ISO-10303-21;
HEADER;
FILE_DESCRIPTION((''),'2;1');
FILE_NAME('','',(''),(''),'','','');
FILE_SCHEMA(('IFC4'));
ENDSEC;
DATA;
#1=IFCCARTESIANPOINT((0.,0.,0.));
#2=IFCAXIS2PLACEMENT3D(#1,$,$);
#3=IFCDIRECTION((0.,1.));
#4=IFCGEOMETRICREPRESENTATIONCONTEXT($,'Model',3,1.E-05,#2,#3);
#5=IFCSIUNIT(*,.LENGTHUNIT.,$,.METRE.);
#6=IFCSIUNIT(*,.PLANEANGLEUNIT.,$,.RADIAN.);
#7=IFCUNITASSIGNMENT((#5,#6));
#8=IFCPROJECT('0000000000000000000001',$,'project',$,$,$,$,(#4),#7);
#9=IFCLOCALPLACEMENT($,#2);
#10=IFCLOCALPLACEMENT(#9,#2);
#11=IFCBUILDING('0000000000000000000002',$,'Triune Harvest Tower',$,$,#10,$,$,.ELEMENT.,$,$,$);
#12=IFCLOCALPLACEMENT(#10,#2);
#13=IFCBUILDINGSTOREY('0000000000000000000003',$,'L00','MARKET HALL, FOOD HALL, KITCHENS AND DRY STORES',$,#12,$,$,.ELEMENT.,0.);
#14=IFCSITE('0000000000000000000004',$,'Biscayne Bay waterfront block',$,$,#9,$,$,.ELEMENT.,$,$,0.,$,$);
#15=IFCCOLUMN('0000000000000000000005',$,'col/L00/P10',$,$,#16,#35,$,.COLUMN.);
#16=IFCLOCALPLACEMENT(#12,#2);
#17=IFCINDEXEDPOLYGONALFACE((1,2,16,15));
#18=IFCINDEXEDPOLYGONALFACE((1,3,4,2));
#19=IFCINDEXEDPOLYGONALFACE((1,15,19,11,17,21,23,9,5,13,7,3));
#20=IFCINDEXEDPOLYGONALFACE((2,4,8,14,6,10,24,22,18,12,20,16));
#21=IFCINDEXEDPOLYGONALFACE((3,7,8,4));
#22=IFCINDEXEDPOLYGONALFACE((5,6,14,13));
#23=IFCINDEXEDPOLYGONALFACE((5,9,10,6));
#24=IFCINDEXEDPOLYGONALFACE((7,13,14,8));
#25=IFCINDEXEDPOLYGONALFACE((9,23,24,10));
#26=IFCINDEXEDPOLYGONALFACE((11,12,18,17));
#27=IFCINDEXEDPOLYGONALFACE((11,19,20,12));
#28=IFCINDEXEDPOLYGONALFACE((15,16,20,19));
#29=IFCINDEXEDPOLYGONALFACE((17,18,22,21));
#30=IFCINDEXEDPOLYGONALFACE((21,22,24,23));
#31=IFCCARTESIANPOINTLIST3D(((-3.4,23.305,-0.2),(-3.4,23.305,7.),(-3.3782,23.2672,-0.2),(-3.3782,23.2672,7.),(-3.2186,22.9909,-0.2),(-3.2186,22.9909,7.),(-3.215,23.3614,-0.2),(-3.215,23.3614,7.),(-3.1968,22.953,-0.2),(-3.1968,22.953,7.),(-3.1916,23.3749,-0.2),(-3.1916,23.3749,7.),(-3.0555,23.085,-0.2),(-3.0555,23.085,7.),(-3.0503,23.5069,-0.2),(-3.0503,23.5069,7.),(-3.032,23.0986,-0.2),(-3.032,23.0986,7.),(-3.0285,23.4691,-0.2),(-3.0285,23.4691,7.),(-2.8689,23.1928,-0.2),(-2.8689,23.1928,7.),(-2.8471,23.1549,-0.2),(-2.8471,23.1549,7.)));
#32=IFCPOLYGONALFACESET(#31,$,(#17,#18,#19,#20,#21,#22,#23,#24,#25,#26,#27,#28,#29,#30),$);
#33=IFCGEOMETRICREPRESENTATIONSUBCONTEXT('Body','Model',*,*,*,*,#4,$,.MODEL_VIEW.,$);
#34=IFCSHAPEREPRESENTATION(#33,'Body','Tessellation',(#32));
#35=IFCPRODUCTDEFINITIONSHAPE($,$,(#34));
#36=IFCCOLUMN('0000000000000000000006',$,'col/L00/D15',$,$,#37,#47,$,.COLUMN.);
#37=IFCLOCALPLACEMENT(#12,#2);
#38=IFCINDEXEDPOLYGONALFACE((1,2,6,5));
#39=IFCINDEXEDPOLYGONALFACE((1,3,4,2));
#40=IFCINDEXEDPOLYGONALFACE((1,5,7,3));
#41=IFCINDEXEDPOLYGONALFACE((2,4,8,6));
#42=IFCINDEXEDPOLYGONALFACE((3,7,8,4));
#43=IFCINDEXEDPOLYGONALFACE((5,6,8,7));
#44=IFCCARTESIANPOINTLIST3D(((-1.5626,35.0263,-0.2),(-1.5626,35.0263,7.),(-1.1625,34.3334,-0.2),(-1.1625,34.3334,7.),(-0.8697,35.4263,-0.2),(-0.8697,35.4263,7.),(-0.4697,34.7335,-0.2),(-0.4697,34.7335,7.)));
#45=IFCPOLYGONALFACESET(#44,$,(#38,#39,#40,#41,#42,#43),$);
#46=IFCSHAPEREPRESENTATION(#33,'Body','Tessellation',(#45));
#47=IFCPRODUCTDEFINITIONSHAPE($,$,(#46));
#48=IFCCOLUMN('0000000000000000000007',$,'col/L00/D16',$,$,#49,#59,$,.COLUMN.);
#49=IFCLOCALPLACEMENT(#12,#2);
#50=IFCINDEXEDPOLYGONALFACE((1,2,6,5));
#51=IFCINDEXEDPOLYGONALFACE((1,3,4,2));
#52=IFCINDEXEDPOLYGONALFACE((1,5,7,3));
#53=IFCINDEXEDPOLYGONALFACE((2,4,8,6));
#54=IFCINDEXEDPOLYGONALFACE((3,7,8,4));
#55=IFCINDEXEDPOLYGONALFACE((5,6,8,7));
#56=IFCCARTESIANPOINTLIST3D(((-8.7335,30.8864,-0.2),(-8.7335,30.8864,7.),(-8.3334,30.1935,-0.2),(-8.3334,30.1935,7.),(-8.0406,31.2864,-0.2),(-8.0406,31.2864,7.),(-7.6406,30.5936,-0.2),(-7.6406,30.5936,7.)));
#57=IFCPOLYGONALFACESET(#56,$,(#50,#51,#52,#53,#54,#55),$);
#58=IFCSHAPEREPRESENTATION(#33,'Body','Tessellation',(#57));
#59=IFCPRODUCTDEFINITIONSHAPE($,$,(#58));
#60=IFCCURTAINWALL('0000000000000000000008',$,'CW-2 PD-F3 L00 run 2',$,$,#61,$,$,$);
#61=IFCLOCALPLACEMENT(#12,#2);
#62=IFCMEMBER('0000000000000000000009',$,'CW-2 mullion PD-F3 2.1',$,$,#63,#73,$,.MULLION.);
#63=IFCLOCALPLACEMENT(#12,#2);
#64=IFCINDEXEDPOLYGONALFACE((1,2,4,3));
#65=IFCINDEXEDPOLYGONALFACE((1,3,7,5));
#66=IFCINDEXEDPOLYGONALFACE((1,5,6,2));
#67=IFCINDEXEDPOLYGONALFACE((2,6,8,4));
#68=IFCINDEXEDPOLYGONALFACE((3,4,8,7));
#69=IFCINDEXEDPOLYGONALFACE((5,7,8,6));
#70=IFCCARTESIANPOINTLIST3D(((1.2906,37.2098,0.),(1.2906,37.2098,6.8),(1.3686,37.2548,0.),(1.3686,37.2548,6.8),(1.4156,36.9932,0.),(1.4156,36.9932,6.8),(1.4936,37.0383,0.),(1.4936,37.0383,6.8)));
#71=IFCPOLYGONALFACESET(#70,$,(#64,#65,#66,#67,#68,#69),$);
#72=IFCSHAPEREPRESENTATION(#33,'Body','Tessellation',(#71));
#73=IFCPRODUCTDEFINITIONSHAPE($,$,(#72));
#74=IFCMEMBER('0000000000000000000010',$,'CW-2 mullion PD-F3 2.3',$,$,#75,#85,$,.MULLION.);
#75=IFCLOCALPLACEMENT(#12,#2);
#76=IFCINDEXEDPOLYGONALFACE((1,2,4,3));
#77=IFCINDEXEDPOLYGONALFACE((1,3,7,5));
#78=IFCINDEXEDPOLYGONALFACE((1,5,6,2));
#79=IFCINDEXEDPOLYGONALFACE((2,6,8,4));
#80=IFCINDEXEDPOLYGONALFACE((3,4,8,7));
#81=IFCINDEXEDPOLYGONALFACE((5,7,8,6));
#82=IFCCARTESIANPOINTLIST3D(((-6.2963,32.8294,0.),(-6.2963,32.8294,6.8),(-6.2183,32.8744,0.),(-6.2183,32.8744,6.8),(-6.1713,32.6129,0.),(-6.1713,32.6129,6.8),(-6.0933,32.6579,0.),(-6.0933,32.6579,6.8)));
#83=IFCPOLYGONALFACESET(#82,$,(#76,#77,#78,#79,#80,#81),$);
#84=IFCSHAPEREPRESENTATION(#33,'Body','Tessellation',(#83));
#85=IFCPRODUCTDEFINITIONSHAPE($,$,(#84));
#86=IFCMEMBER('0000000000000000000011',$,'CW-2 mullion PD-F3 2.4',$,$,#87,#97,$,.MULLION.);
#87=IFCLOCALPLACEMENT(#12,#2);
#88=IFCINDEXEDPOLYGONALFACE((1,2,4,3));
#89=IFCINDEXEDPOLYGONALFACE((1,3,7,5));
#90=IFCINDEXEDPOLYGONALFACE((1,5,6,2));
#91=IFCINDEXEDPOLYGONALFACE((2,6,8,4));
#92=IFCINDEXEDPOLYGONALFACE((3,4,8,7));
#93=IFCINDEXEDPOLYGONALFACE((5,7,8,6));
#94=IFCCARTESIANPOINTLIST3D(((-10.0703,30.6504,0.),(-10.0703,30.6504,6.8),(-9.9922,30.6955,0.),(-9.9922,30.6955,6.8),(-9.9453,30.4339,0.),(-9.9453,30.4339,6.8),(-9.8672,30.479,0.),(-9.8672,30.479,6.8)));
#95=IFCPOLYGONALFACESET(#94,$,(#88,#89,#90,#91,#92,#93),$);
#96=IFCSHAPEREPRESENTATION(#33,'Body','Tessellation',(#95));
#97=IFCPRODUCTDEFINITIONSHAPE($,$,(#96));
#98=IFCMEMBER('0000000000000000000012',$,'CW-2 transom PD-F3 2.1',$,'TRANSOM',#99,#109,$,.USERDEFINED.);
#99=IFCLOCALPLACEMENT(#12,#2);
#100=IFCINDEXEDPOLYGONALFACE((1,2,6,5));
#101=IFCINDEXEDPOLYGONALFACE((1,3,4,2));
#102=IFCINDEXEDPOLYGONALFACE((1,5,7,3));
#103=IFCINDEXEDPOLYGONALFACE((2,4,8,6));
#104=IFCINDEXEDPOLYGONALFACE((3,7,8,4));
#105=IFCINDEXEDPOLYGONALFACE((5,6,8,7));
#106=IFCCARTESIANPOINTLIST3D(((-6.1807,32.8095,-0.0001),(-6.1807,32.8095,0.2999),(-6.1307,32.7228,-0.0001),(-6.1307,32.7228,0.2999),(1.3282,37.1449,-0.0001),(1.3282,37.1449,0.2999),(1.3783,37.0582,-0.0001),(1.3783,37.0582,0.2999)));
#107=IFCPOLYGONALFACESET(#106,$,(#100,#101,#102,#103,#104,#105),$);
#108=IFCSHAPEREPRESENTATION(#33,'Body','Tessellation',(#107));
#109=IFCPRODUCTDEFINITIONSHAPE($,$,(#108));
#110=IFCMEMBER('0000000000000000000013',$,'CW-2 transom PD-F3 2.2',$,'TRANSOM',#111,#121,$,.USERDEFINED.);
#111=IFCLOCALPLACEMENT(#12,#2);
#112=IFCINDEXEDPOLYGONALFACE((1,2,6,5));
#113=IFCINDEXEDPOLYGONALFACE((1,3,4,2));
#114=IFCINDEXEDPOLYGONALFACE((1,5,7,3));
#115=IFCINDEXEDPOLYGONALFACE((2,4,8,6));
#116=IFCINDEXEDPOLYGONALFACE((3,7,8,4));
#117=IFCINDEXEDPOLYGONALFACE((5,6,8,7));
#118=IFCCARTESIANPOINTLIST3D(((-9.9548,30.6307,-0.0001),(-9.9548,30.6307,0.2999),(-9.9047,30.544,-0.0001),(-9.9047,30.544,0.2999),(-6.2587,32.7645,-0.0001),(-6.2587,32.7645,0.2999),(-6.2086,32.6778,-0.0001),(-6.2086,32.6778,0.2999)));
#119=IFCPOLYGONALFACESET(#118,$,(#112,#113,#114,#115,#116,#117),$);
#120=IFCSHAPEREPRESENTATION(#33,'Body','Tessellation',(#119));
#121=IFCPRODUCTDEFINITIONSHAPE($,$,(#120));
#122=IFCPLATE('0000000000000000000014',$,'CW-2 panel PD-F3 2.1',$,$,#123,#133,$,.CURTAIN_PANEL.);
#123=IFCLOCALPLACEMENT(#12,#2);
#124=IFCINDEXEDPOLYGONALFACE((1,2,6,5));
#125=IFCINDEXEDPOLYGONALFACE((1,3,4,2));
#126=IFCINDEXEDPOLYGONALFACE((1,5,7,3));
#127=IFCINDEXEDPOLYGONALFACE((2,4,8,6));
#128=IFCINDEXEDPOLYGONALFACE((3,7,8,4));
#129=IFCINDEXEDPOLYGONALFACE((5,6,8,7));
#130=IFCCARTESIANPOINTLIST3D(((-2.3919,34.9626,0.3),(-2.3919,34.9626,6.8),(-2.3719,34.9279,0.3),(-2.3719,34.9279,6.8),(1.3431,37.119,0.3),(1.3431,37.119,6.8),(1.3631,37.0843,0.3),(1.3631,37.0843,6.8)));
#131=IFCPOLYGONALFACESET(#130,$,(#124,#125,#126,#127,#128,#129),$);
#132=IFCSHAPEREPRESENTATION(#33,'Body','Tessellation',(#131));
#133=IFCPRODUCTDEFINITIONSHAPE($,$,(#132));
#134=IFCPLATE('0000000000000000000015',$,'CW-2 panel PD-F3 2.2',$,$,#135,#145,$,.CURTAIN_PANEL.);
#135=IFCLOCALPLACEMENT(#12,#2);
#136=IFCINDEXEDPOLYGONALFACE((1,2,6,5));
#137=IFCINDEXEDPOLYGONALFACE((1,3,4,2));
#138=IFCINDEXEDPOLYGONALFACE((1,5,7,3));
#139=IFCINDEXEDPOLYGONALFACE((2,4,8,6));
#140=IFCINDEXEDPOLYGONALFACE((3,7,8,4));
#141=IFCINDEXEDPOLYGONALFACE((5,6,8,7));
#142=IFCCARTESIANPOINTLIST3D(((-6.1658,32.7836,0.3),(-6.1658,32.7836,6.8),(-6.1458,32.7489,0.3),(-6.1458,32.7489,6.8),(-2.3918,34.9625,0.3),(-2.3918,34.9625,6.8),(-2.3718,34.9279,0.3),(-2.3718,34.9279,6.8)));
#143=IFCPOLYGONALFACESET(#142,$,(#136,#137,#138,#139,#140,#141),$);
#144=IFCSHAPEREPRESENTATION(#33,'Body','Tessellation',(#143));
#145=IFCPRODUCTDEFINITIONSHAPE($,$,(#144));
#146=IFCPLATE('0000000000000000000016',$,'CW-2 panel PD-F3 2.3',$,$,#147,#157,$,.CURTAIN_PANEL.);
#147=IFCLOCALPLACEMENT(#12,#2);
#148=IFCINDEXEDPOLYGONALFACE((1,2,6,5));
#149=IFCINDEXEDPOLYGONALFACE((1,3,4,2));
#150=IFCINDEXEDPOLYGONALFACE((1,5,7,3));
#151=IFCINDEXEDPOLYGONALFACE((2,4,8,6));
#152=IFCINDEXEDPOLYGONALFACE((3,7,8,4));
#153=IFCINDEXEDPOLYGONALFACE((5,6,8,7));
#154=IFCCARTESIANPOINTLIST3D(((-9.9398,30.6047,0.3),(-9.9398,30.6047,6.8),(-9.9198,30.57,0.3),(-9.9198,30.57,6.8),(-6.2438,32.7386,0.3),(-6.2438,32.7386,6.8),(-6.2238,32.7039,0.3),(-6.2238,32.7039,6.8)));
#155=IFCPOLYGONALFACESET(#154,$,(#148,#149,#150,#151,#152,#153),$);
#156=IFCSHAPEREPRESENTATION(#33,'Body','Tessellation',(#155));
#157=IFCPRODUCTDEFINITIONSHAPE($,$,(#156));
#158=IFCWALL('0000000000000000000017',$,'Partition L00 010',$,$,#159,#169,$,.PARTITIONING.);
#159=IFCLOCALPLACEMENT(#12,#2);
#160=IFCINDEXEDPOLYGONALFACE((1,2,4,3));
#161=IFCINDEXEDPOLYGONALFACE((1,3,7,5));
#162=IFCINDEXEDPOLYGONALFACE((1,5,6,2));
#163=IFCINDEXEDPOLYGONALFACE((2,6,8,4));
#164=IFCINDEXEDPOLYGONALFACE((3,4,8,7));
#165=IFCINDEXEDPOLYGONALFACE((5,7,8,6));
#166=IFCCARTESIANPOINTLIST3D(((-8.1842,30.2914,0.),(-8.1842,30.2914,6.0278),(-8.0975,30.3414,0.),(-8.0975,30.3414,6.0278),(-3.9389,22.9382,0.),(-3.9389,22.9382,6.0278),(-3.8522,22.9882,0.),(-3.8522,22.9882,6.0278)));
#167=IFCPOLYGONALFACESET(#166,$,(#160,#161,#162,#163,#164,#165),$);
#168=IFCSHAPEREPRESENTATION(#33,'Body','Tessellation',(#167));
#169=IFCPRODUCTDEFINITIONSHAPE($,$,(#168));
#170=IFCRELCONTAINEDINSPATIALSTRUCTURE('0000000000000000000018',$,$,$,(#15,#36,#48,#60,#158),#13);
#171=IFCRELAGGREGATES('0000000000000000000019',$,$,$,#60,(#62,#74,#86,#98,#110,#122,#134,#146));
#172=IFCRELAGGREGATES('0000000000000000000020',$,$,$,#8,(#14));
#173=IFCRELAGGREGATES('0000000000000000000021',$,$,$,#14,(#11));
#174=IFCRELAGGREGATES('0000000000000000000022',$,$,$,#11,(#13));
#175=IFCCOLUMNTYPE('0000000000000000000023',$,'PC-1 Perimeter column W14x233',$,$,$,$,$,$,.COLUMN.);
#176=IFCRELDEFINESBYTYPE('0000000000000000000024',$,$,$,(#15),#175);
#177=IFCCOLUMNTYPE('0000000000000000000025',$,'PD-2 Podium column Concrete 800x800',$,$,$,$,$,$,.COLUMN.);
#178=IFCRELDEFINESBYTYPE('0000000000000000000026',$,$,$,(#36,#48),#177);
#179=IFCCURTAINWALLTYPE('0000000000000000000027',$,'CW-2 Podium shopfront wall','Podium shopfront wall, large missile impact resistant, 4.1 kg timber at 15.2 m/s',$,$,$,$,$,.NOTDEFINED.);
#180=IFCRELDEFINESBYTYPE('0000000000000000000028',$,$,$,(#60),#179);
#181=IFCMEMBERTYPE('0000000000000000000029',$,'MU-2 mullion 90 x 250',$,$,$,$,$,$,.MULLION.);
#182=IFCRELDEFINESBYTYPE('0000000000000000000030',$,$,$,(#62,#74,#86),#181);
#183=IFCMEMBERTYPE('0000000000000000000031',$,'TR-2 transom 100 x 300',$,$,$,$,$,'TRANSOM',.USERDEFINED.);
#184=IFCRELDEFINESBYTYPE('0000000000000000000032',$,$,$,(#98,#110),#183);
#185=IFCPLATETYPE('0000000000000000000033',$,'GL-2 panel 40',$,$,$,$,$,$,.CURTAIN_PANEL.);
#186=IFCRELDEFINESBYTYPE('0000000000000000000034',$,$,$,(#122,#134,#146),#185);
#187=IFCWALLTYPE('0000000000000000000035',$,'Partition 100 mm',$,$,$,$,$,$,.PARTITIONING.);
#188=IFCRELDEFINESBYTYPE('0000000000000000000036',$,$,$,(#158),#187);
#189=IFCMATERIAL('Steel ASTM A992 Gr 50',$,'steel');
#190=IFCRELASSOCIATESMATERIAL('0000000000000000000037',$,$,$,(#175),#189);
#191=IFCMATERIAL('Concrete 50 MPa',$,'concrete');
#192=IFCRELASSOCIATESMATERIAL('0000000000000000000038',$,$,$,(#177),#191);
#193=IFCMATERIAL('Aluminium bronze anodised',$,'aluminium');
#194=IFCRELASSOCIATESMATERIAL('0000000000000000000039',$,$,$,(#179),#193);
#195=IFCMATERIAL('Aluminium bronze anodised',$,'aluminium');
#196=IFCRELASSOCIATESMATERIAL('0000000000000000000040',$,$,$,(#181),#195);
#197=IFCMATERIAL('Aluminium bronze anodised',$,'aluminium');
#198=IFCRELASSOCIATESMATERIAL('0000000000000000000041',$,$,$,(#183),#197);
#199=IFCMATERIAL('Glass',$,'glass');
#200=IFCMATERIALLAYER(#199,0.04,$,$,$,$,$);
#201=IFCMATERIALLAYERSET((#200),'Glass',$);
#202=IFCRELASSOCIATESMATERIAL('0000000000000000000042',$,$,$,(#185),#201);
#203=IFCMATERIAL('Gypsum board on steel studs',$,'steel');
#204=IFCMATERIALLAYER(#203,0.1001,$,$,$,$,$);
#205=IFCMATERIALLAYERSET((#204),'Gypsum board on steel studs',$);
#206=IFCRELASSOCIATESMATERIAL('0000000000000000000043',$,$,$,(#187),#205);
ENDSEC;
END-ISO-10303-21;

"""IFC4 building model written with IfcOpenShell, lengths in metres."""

from ifc_helpers import new_model, si_unit, direction, frame, frame_2d, origin, origin_2d, place, context, subcontext, project, spatial, rectangle, i_section, extrude, source, transform, mapped, material, layer, layer_set, material_profile, profile_set, type_object, element, aggregate, save


model = new_model("IFC4")

# Units and contexts
model_context = context("Model", 3, precision=1e-05, world=origin(), true_north=direction((0.0, 1.0)))
body_context = subcontext(model_context, "Body", "Model", "MODEL_VIEW")
ifc_project = project(units=[si_unit("LENGTHUNIT", "METRE"), si_unit("PLANEANGLEUNIT", "RADIAN")], contexts=[model_context])

# Site, building, storey
site_placement = place(None, origin())
site = spatial("IfcSite", under=ifc_project, at=site_placement, Name="Biscayne Bay waterfront block", CompositionType="ELEMENT", RefElevation=0.0)
building_placement = place(site_placement, origin())
building = spatial("IfcBuilding", under=site, at=building_placement, Name="Triune Harvest Tower", CompositionType="ELEMENT")
storey_placement = place(building_placement, origin())
storey = spatial("IfcBuildingStorey", under=building, at=storey_placement, Name="L00", Description="MARKET HALL, FOOD HALL, KITCHENS AND DRY STORES", CompositionType="ELEMENT", Elevation=0.0)

# Columns
ifc_material_1 = material(Name="Steel ASTM A992 Gr 50", Category="steel")
ifc_material_profile_1 = material_profile(ifc_material_1, i_section(OverallWidth=0.4038, OverallDepth=0.4065, WebThickness=0.0271, FlangeThickness=0.0437, at=origin_2d()), Name="W14x233")
ifc_profile_set_1 = profile_set([ifc_material_profile_1], Name="Steel ASTM A992 Gr 50")
column_type_1 = type_object("IfcColumnType", Name="PC-1 Perimeter column W14x233", PredefinedType="COLUMN", material=ifc_profile_set_1)
shared_shape_1 = source(origin(), body_context, "Body", "SweptSolid", [
    extrude(i_section(OverallWidth=0.4038, OverallDepth=0.4065, WebThickness=0.0271, FlangeThickness=0.0437, at=origin_2d()), origin(), (0.0, 0.0, 1.0), 7.2),
])
column_placement = place(storey_placement, frame((-3.1235, 23.23, -0.2), z_axis=(0.0, 0.0, 1.0), x_axis=(-0.866025, -0.5, 0.0)))
element("IfcColumn", 1, at=column_placement, inside=storey, type_object=column_type_1, Name="col/L00/P10", PredefinedType="COLUMN", context=body_context, shape_type="MappedRepresentation", body=[
    mapped(shared_shape_1, transform((0.0, 0.0, 0.0), scale=1.0)),
])
ifc_material_2 = material(Name="Concrete 50 MPa", Category="concrete")
ifc_material_profile_2 = material_profile(ifc_material_2, rectangle(XDim=0.8, YDim=0.8, at=origin_2d()), Name="Concrete 800x800")
ifc_profile_set_2 = profile_set([ifc_material_profile_2], Name="Concrete 50 MPa")
column_type_2 = type_object("IfcColumnType", Name="PD-2 Podium column Concrete 800x800", PredefinedType="COLUMN", material=ifc_profile_set_2)
shared_shape_2 = source(origin(), body_context, "Body", "SweptSolid", [
    extrude(rectangle(XDim=0.8, YDim=0.8, at=origin_2d()), origin(), (0.0, 0.0, 1.0), 7.2),
])
for number, where, z_axis, x_axis, name in (
    (2, (-1.0161, 34.8799, -0.2), (0.0, 0.0, 1.0), (-0.866025, -0.5, 0.0), "col/L00/D15"),
    (3, (-8.187, 30.74, -0.2), (0.0, 0.0, 1.0), (-0.866025, -0.5, 0.0), "col/L00/D16"),
):
    element("IfcColumn", number, at=place(storey_placement, frame(where, z_axis=z_axis, x_axis=x_axis)), inside=storey, type_object=column_type_2, Name=name, PredefinedType="COLUMN", context=body_context, shape_type="MappedRepresentation", body=[
        mapped(shared_shape_2, transform((0.0, 0.0, 0.0), scale=1.0)),
    ])

# Curtain wall, members, plates
ifc_material_3 = material(Name="Aluminium bronze anodised", Category="aluminium")
curtain_wall_type = type_object("IfcCurtainWallType", Name="CW-2 Podium shopfront wall", Description="Podium shopfront wall, large missile impact resistant, 4.1 kg timber at 15.2 m/s", PredefinedType="NOTDEFINED", material=ifc_material_3)
curtain_wall_placement = place(storey_placement, origin())
curtain_wall = element("IfcCurtainWall", 4, at=curtain_wall_placement, inside=storey, type_object=curtain_wall_type, Name="CW-2 PD-F3 L00 run 2")
ifc_material_4 = material(Name="Aluminium bronze anodised", Category="aluminium")
ifc_material_profile_3 = material_profile(ifc_material_4, rectangle(XDim=0.25, YDim=0.0901, at=origin_2d()), Name="MU-2 mullion 90 x 250")
ifc_profile_set_3 = profile_set([ifc_material_profile_3], Name="Aluminium bronze anodised")
member_type_1 = type_object("IfcMemberType", Name="MU-2 mullion 90 x 250", PredefinedType="MULLION", material=ifc_profile_set_3)
shared_shape_3 = source(origin(), body_context, "Body", "SweptSolid", [
    extrude(rectangle(XDim=0.25, YDim=0.0901, at=origin_2d()), origin(), (0.0, 0.0, 1.0), 6.8),
])
member_1_placement = place(storey_placement, frame((1.3921, 37.124, 0.0), z_axis=(0.0, 0.0, 1.0), x_axis=(0.5, -0.866025, 0.0)))
member_1 = element("IfcMember", 5, at=member_1_placement, type_object=member_type_1, Name="CW-2 mullion PD-F3 2.1", PredefinedType="MULLION", context=body_context, shape_type="MappedRepresentation", body=[
    mapped(shared_shape_3, transform((0.0, 0.0, 0.0), scale=1.0)),
])
member_2_placement = place(storey_placement, frame((-6.1948, 32.7437, 0.0), z_axis=(0.0, 0.0, 1.0), x_axis=(0.5, -0.866025, 0.0)))
member_2 = element("IfcMember", 6, at=member_2_placement, type_object=member_type_1, Name="CW-2 mullion PD-F3 2.3", PredefinedType="MULLION", context=body_context, shape_type="MappedRepresentation", body=[
    mapped(shared_shape_3, transform((0.0, 0.0, 0.0), scale=1.0)),
])
member_3_placement = place(storey_placement, frame((-9.9688, 30.5647, 0.0), z_axis=(0.0, 0.0, 1.0), x_axis=(0.5, -0.866025, 0.0)))
member_3 = element("IfcMember", 7, at=member_3_placement, type_object=member_type_1, Name="CW-2 mullion PD-F3 2.4", PredefinedType="MULLION", context=body_context, shape_type="MappedRepresentation", body=[
    mapped(shared_shape_3, transform((0.0, 0.0, 0.0), scale=1.0)),
])
ifc_material_5 = material(Name="Aluminium bronze anodised", Category="aluminium")
ifc_material_profile_4 = material_profile(ifc_material_5, rectangle(XDim=0.1001, YDim=0.3, at=origin_2d()), Name="TR-2 transom 100 x 300")
ifc_profile_set_4 = profile_set([ifc_material_profile_4], Name="Aluminium bronze anodised")
member_type_2 = type_object("IfcMemberType", Name="TR-2 transom 100 x 300", ElementType="TRANSOM", PredefinedType="USERDEFINED", material=ifc_profile_set_4)
shared_shape_4 = source(origin(), body_context, "Body", "SweptSolid", [
    extrude(rectangle(XDim=0.1001, YDim=0.3, at=origin_2d()), origin(), (0.0, 0.0, 1.0), 8.6707),
])
member_4_placement = place(storey_placement, frame((1.3533, 37.1016, 0.1499), z_axis=(-0.86602, -0.500009, 0.0), x_axis=(0.500009, -0.86602, 0.0)))
member_4 = element("IfcMember", 8, at=member_4_placement, type_object=member_type_2, Name="CW-2 transom PD-F3 2.1", ObjectType="TRANSOM", PredefinedType="USERDEFINED", context=body_context, shape_type="MappedRepresentation", body=[
    mapped(shared_shape_4, transform((0.0, 0.0, 0.0), scale=1.0)),
])
shared_shape_5 = source(origin(), body_context, "Body", "SweptSolid", [
    extrude(rectangle(XDim=0.1001, YDim=0.3, at=origin_2d()), origin(), (0.0, 0.0, 1.0), 4.2678),
])
member_5_placement = place(storey_placement, frame((-6.2336, 32.7212, 0.1499), z_axis=(-0.866038, -0.499978, 0.0), x_axis=(0.499978, -0.866038, 0.0)))
member_5 = element("IfcMember", 9, at=member_5_placement, type_object=member_type_2, Name="CW-2 transom PD-F3 2.2", ObjectType="TRANSOM", PredefinedType="USERDEFINED", context=body_context, shape_type="MappedRepresentation", body=[
    mapped(shared_shape_5, transform((0.0, 0.0, 0.0), scale=1.0)),
])
ifc_material_6 = material(Name="Glass", Category="glass")
ifc_layer_1 = layer(ifc_material_6, 0.04)
ifc_layer_set_1 = layer_set([ifc_layer_1], Name="Glass")
plate_type = type_object("IfcPlateType", Name="GL-2 panel 40", PredefinedType="CURTAIN_PANEL", material=ifc_layer_set_1)
shared_shape_6 = source(origin(), body_context, "Body", "SweptSolid", [
    extrude(rectangle(XDim=4.3127, YDim=0.04, at=origin_2d()), origin(), (0.0, 0.0, 1.0), 6.5),
])
plate_1_placement = place(storey_placement, frame((-0.5144, 36.0234, 0.3), z_axis=(0.0, 0.0, 1.0), x_axis=(-0.866025, -0.5, 0.0)))
plate_1 = element("IfcPlate", 10, at=plate_1_placement, type_object=plate_type, Name="CW-2 panel PD-F3 2.1", PredefinedType="CURTAIN_PANEL", context=body_context, shape_type="MappedRepresentation", body=[
    mapped(shared_shape_6, transform((0.0, 0.0, 0.0), scale=1.0)),
])
shared_shape_7 = source(origin(), body_context, "Body", "SweptSolid", [
    extrude(rectangle(XDim=4.3579, YDim=0.04, at=origin_2d()), origin(), (0.0, 0.0, 1.0), 6.5),
])
plate_2_placement = place(storey_placement, frame((-4.2688, 33.8557, 0.3), z_axis=(0.0, 0.0, 1.0), x_axis=(-0.866025, -0.5, 0.0)))
plate_2 = element("IfcPlate", 11, at=plate_2_placement, type_object=plate_type, Name="CW-2 panel PD-F3 2.2", PredefinedType="CURTAIN_PANEL", context=body_context, shape_type="MappedRepresentation", body=[
    mapped(shared_shape_7, transform((0.0, 0.0, 0.0), scale=1.0)),
])
shared_shape_8 = source(origin(), body_context, "Body", "SweptSolid", [
    extrude(rectangle(XDim=4.2678, YDim=0.04, at=origin_2d()), origin(), (0.0, 0.0, 1.0), 6.5),
])
plate_3_placement = place(storey_placement, frame((-8.0818, 31.6543, 0.3), z_axis=(0.0, 0.0, 1.0), x_axis=(-0.866025, -0.5, 0.0)))
plate_3 = element("IfcPlate", 12, at=plate_3_placement, type_object=plate_type, Name="CW-2 panel PD-F3 2.3", PredefinedType="CURTAIN_PANEL", context=body_context, shape_type="MappedRepresentation", body=[
    mapped(shared_shape_8, transform((0.0, 0.0, 0.0), scale=1.0)),
])
aggregate(curtain_wall, [member_1, member_2, member_3, member_4, member_5, plate_1, plate_2, plate_3])

# Wall
ifc_material_7 = material(Name="Gypsum board on steel studs", Category="steel")
ifc_layer_2 = layer(ifc_material_7, 0.1001)
ifc_layer_set_2 = layer_set([ifc_layer_2], Name="Gypsum board on steel studs")
wall_type_1 = type_object("IfcWallType", Name="Partition 100 mm", PredefinedType="PARTITIONING", material=ifc_layer_set_2)
wall_1_placement = place(storey_placement, frame((-8.1409, 30.3164, 0.0), z_axis=(0.0, 0.0, 1.0), x_axis=(0.499995, -0.866028, 0.0)))
element("IfcWall", 13, at=wall_1_placement, inside=storey, type_object=wall_type_1, Name="Partition L00 010", PredefinedType="PARTITIONING", context=body_context, shape_type="SweptSolid", body=[
    extrude(rectangle(XDim=8.4907, YDim=0.1001, at=frame_2d((4.2454, 0.0))), origin(), (0.0, 0.0, 1.0), 6.0278),
])

save(model, "model.ifc")
